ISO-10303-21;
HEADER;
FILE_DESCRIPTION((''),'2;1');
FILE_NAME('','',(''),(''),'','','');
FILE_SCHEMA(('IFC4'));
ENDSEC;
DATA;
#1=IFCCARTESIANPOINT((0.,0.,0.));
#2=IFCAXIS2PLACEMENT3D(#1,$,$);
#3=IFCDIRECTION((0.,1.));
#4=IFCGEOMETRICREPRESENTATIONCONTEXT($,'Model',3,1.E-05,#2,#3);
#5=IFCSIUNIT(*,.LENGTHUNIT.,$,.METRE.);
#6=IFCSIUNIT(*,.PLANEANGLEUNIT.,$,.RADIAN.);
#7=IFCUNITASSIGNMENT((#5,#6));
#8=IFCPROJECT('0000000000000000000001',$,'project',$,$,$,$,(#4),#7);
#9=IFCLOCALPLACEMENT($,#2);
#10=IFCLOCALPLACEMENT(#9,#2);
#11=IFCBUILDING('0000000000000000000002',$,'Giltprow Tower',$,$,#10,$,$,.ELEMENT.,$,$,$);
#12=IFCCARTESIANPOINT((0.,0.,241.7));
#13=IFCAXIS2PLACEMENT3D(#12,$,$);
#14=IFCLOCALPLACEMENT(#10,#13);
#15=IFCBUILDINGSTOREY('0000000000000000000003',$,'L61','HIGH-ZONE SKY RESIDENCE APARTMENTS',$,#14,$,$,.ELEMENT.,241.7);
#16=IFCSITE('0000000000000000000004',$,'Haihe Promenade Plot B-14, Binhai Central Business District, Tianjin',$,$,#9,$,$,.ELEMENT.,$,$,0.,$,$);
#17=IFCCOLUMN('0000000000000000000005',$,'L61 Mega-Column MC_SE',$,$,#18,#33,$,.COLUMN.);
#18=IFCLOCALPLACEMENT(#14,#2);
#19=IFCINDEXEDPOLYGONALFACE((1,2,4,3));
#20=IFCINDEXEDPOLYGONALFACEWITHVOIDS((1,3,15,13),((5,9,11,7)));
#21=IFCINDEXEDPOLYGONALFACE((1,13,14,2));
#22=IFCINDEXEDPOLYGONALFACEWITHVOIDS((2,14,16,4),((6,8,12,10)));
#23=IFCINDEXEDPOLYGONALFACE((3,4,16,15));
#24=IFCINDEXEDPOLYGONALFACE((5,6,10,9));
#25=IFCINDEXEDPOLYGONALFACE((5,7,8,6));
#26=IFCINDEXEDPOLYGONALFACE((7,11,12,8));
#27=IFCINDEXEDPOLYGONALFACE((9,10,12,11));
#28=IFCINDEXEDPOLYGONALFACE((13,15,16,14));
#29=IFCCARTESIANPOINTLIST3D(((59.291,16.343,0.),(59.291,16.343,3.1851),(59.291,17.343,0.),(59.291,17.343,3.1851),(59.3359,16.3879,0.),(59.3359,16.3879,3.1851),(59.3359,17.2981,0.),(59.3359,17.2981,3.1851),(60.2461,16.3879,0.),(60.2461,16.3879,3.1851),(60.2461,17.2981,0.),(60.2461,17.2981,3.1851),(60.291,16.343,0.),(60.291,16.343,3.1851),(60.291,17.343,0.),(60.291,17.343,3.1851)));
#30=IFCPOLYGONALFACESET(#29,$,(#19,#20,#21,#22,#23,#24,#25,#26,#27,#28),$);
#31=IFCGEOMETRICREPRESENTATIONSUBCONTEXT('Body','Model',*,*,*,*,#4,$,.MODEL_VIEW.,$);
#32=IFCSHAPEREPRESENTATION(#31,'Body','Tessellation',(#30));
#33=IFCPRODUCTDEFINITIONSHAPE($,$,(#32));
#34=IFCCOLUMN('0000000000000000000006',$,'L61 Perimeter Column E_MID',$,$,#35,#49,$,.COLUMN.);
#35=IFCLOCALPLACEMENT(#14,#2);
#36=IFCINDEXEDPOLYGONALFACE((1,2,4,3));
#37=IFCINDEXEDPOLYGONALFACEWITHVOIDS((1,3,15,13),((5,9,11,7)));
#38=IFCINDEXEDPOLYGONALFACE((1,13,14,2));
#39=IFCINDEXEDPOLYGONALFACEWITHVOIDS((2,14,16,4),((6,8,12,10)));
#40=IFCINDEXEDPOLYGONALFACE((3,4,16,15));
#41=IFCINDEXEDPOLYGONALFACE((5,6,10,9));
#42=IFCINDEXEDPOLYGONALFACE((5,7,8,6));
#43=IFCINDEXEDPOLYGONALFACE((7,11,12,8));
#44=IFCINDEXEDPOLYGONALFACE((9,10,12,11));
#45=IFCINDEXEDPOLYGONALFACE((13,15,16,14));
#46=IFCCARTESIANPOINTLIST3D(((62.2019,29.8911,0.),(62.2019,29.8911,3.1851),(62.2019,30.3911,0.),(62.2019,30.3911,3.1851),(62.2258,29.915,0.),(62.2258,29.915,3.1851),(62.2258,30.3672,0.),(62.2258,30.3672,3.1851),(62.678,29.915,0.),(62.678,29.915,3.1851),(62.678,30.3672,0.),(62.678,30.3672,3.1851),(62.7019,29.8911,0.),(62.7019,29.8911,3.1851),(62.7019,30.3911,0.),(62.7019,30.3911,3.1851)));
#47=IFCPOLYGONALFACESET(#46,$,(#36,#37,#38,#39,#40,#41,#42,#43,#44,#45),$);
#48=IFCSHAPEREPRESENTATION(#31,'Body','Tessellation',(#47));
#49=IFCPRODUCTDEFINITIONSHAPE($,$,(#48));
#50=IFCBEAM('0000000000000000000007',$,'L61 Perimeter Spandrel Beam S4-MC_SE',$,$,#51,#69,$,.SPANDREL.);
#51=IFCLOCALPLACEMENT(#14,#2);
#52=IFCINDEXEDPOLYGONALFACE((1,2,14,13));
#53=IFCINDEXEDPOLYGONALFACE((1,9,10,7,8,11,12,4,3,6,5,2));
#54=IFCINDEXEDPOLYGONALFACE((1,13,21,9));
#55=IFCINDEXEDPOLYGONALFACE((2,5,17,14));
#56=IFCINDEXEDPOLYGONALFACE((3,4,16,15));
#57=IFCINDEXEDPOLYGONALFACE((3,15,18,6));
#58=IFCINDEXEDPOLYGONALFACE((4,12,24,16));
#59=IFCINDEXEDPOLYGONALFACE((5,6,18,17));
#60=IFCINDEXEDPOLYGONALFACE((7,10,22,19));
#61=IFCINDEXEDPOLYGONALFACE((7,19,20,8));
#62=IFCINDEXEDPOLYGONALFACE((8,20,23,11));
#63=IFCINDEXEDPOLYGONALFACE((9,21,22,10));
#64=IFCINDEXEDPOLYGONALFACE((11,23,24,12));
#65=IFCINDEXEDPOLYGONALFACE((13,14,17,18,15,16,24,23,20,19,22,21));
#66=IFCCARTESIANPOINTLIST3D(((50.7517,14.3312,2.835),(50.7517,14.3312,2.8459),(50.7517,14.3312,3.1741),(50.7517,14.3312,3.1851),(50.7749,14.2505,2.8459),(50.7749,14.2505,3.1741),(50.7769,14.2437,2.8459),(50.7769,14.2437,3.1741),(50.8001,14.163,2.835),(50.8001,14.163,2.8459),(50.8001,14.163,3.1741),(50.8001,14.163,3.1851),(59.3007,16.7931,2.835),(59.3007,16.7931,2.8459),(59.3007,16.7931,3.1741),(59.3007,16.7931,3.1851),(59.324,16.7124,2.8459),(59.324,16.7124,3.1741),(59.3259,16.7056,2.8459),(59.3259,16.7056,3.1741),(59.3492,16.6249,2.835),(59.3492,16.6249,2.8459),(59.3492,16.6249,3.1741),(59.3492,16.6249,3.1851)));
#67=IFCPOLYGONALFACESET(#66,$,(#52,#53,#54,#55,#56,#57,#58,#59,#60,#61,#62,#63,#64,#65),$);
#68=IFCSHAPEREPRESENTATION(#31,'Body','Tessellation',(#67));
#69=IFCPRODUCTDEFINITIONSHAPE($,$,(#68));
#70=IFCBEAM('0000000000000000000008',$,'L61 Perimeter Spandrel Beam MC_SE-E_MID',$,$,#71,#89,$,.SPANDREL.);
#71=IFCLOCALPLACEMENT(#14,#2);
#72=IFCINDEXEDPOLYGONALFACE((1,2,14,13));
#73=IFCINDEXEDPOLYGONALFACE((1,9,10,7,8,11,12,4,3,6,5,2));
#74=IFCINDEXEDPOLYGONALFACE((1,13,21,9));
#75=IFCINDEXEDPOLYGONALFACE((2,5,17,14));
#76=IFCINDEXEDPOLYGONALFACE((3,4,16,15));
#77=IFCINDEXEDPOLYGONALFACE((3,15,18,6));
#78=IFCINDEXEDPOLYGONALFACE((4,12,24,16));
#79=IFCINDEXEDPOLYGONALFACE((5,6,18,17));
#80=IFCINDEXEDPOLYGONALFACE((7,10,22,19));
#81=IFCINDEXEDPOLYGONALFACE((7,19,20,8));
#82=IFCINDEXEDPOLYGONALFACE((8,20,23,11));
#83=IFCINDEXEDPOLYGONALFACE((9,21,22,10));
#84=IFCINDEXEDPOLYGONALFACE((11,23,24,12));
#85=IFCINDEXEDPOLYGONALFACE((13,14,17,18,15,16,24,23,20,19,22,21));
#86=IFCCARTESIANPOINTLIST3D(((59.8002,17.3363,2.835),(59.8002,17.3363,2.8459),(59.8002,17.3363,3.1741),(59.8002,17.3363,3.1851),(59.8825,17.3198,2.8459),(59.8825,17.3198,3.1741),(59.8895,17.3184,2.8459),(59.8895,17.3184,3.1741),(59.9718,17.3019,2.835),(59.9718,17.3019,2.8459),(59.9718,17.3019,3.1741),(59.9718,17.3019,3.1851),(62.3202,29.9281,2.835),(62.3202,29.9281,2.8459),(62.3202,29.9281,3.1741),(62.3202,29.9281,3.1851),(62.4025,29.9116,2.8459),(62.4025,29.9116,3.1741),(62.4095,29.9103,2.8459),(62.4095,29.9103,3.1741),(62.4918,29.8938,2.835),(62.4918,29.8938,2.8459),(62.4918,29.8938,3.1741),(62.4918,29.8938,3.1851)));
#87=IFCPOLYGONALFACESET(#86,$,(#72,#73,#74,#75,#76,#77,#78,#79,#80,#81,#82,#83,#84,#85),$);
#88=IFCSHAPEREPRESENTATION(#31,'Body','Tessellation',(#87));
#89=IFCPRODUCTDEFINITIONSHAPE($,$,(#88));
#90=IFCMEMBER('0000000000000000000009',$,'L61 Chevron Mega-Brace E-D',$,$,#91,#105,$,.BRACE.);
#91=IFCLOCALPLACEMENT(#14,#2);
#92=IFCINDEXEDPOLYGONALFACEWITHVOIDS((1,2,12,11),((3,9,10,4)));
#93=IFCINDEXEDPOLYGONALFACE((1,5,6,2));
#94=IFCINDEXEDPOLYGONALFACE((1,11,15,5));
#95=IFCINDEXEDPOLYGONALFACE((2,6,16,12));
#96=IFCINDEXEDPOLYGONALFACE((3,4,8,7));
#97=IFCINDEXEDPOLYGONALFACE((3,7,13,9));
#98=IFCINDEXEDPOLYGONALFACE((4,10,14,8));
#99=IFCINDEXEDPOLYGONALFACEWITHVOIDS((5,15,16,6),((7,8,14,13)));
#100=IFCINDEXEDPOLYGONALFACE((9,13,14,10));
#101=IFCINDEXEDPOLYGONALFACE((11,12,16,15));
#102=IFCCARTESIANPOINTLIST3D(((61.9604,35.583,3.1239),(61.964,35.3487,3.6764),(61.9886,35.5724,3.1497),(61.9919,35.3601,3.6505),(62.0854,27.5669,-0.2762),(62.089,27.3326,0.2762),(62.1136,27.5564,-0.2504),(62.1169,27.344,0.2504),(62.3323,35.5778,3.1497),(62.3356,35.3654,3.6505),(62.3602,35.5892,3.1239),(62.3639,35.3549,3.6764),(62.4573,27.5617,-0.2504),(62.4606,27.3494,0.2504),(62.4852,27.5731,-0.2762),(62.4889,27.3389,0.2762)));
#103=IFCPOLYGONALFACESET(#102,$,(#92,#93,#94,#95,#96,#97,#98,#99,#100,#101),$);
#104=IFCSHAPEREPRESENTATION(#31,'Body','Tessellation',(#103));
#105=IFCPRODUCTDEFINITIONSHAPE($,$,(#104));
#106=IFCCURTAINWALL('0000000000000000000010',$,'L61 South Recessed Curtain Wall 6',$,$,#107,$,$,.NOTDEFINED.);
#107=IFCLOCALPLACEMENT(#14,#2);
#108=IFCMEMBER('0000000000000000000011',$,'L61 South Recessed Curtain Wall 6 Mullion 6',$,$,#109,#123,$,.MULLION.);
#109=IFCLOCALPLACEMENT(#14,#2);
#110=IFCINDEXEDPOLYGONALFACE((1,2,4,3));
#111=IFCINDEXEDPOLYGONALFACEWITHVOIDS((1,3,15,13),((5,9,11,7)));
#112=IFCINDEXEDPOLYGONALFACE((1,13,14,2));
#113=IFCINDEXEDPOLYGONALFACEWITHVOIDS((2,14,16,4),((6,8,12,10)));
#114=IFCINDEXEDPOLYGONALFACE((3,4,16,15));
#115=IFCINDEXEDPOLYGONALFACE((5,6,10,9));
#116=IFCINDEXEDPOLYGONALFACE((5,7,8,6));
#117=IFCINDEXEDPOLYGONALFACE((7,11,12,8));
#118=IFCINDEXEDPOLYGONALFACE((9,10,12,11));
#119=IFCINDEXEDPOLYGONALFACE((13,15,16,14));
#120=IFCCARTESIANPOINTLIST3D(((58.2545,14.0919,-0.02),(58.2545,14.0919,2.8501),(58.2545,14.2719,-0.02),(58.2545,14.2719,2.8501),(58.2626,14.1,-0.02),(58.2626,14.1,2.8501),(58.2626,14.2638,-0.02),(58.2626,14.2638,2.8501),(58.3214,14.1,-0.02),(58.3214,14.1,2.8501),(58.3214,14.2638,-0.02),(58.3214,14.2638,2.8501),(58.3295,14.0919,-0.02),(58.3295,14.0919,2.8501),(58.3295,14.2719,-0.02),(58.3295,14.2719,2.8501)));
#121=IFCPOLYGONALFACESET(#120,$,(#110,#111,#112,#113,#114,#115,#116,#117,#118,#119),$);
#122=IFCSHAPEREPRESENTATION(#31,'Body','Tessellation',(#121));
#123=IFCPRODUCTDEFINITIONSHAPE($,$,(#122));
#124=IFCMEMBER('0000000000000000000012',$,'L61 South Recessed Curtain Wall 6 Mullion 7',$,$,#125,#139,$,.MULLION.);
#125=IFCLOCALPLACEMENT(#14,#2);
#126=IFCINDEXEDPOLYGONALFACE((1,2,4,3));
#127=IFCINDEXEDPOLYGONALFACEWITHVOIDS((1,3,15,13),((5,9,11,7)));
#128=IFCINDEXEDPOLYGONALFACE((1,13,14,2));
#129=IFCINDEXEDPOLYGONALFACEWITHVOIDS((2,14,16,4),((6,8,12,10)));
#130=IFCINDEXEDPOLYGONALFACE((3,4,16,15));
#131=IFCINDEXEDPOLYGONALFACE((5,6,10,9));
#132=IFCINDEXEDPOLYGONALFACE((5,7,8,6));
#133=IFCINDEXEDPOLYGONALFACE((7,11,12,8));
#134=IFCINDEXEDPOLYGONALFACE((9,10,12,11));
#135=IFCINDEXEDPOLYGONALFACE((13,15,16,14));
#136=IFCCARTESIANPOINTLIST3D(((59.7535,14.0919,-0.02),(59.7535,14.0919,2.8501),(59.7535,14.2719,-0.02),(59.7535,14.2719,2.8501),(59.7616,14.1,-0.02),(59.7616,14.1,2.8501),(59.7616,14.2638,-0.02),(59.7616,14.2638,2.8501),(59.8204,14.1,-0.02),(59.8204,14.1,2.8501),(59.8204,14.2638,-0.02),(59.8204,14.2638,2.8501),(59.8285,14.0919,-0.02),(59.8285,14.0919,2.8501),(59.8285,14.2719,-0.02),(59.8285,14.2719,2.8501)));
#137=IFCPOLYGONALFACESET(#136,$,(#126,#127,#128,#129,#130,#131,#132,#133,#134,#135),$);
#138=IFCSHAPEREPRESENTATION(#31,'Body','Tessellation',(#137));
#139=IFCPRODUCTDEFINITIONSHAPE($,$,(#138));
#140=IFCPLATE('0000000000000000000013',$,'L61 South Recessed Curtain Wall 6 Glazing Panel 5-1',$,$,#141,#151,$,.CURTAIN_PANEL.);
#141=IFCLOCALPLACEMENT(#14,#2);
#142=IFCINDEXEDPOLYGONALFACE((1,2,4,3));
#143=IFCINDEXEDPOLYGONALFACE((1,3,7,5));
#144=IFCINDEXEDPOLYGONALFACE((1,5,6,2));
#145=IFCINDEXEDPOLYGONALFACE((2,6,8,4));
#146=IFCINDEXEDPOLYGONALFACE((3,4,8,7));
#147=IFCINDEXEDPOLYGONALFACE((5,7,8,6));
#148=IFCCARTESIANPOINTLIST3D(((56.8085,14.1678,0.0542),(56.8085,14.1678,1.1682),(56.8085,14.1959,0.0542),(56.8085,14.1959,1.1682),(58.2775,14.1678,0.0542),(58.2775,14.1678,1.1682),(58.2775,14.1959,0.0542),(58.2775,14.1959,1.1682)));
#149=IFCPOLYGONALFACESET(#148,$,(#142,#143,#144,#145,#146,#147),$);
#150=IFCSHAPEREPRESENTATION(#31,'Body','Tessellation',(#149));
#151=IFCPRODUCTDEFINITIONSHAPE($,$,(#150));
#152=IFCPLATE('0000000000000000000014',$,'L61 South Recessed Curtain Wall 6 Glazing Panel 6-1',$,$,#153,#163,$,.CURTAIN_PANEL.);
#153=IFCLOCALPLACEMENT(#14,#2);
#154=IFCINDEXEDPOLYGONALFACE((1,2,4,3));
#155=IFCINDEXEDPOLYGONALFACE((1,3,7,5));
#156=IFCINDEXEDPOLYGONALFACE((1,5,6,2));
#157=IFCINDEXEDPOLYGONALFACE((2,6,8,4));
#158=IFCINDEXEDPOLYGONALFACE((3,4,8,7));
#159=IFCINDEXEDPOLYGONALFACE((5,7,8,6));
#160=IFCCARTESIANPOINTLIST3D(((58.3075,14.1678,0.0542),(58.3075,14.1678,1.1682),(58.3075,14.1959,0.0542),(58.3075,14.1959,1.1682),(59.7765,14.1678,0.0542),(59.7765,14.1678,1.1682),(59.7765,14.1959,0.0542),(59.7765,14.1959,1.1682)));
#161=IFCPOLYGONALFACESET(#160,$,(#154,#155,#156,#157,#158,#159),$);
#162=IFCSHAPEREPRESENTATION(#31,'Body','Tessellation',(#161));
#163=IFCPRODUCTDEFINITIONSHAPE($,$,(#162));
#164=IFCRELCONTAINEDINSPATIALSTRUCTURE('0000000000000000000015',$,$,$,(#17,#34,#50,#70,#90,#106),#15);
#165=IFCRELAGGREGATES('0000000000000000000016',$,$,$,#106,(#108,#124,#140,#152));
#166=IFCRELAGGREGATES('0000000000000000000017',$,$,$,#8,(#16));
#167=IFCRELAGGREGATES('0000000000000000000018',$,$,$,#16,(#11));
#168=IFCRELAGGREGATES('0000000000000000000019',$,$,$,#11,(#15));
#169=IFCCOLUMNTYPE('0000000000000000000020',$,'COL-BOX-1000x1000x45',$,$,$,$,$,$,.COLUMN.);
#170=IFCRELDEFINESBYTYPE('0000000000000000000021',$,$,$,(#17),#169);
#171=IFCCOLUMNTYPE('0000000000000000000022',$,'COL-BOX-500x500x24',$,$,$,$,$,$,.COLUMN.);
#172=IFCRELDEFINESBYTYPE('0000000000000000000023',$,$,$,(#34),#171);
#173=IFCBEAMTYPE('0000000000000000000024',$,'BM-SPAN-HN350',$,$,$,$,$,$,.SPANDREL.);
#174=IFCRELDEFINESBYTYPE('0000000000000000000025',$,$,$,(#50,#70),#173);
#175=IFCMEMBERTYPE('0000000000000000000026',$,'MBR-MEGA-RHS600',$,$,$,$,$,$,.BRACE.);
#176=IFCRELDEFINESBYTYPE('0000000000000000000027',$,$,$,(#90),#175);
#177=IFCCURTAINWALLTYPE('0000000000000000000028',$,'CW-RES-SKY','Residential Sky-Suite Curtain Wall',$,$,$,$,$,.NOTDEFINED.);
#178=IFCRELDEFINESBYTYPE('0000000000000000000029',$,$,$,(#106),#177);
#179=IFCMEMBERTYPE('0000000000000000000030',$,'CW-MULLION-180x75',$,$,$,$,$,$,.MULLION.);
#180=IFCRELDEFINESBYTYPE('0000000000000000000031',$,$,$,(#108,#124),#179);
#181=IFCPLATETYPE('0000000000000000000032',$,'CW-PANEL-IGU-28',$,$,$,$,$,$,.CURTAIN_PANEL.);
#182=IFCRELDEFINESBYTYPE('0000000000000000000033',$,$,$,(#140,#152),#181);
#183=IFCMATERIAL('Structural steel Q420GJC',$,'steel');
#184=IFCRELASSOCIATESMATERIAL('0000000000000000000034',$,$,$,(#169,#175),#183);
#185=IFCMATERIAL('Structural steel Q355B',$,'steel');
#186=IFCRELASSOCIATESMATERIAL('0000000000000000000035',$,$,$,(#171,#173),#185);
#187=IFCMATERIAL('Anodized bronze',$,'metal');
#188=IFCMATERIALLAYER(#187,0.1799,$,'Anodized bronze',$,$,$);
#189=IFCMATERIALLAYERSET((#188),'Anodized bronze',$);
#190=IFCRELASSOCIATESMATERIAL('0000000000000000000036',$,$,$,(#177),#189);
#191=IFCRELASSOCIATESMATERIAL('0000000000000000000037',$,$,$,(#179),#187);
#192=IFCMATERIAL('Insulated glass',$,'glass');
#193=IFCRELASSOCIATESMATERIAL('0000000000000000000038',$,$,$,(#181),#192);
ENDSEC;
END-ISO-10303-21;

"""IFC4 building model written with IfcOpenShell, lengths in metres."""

from ifc_helpers import new_model, si_unit, direction, frame, origin, origin_2d, place, context, subcontext, project, spatial, rectangle, hollow_rectangle, i_section, extrude, source, transform, mapped, material, layer, layer_set, material_profile, profile_set, type_object, element, aggregate, save


model = new_model("IFC4")

# Units and contexts
model_context = context("Model", 3, precision=1e-05, world=origin(), true_north=direction((0.0, 1.0)))
body_context = subcontext(model_context, "Body", "Model", "MODEL_VIEW")
ifc_project = project(units=[si_unit("LENGTHUNIT", "METRE"), si_unit("PLANEANGLEUNIT", "RADIAN")], contexts=[model_context])

# Site, building, storey
site_placement = place(None, origin())
site = spatial("IfcSite", under=ifc_project, at=site_placement, Name="Haihe Promenade Plot B-14, Binhai Central Business District, Tianjin", CompositionType="ELEMENT", RefElevation=0.0)
building_placement = place(site_placement, origin())
building = spatial("IfcBuilding", under=site, at=building_placement, Name="Giltprow Tower", CompositionType="ELEMENT")
storey_placement = place(building_placement, frame((0.0, 0.0, 241.7)))
storey = spatial("IfcBuildingStorey", under=building, at=storey_placement, Name="L61", Description="HIGH-ZONE SKY RESIDENCE APARTMENTS", CompositionType="ELEMENT", Elevation=241.7)

# Columns
ifc_material_1 = material(Name="Structural steel Q420GJC", Category="steel")
ifc_material_profile_1 = material_profile(ifc_material_1, hollow_rectangle(XDim=1.0, YDim=1.0, WallThickness=0.0449, at=origin_2d()), Name="BOX 1000x1000x45")
ifc_profile_set_1 = profile_set([ifc_material_profile_1], Name="Structural steel Q420GJC")
column_type_1 = type_object("IfcColumnType", Name="COL-BOX-1000x1000x45", PredefinedType="COLUMN", material=ifc_profile_set_1)
shared_shape_1 = source(origin(), body_context, "Body", "SweptSolid", [
    extrude(hollow_rectangle(XDim=1.0, YDim=1.0, WallThickness=0.0449, at=origin_2d()), origin(), (0.0, 0.0, 1.0), 3.1851),
])
column_1_placement = place(storey_placement, frame((59.791, 16.843, 0.0), z_axis=(0.0, 0.0, 1.0), x_axis=(1.0, 0.0, 0.0)))
element("IfcColumn", 1, at=column_1_placement, inside=storey, type_object=column_type_1, Name="L61 Mega-Column MC_SE", PredefinedType="COLUMN", context=body_context, shape_type="MappedRepresentation", body=[
    mapped(shared_shape_1, transform((0.0, 0.0, 0.0), x_axis=(1.0, 0.0, 0.0), y_axis=(0.0, 1.0, 0.0), z_axis=(0.0, 0.0, 1.0), scale=1.0)),
])
ifc_material_2 = material(Name="Structural steel Q355B", Category="steel")
ifc_material_profile_2 = material_profile(ifc_material_2, hollow_rectangle(XDim=0.5, YDim=0.5, WallThickness=0.0239, at=origin_2d()), Name="BOX 500x500x24")
ifc_profile_set_2 = profile_set([ifc_material_profile_2], Name="Structural steel Q355B")
column_type_2 = type_object("IfcColumnType", Name="COL-BOX-500x500x24", PredefinedType="COLUMN", material=ifc_profile_set_2)
shared_shape_2 = source(origin(), body_context, "Body", "SweptSolid", [
    extrude(hollow_rectangle(XDim=0.5, YDim=0.5, WallThickness=0.0239, at=origin_2d()), origin(), (0.0, 0.0, 1.0), 3.1851),
])
column_2_placement = place(storey_placement, frame((62.4519, 30.1411, 0.0), z_axis=(0.0, 0.0, 1.0), x_axis=(1.0, 0.0, 0.0)))
element("IfcColumn", 2, at=column_2_placement, inside=storey, type_object=column_type_2, Name="L61 Perimeter Column E_MID", PredefinedType="COLUMN", context=body_context, shape_type="MappedRepresentation", body=[
    mapped(shared_shape_2, transform((0.0, 0.0, 0.0), x_axis=(1.0, 0.0, 0.0), y_axis=(0.0, 1.0, 0.0), z_axis=(0.0, 0.0, 1.0), scale=1.0)),
])

# Beams
ifc_material_profile_3 = material_profile(ifc_material_2, i_section(OverallWidth=0.175, OverallDepth=0.3501, WebThickness=0.0071, FlangeThickness=0.011, at=origin_2d()), Name="HN 350x175x7x11")
ifc_profile_set_3 = profile_set([ifc_material_profile_3], Name="Structural steel Q355B")
beam_type = type_object("IfcBeamType", Name="BM-SPAN-HN350", PredefinedType="SPANDREL", material=ifc_profile_set_3)
shared_shape_3 = source(origin(), body_context, "Body", "SweptSolid", [
    extrude(i_section(OverallWidth=0.175, OverallDepth=0.3501, WebThickness=0.0071, FlangeThickness=0.011, at=origin_2d()), origin(), (0.0, 0.0, 1.0), 8.8965),
])
beam_1_placement = place(storey_placement, frame((50.7759, 14.2471, 3.01), z_axis=(0.960948, 0.276728, 0.0), x_axis=(-0.276728, 0.960948, 0.0)))
element("IfcBeam", 3, at=beam_1_placement, inside=storey, type_object=beam_type, Name="L61 Perimeter Spandrel Beam S4-MC_SE", PredefinedType="SPANDREL", context=body_context, shape_type="MappedRepresentation", body=[
    mapped(shared_shape_3, transform((0.0, 0.0, 0.0), x_axis=(1.0, 0.0, 0.0), y_axis=(0.0, 1.0, 0.0), z_axis=(0.0, 0.0, 1.0), scale=1.0)),
])
shared_shape_4 = source(origin(), body_context, "Body", "SweptSolid", [
    extrude(i_section(OverallWidth=0.175, OverallDepth=0.3501, WebThickness=0.0071, FlangeThickness=0.011, at=origin_2d()), origin(), (0.0, 0.0, 1.0), 12.8416),
])
beam_2_placement = place(storey_placement, frame((59.886, 17.3191, 3.01), z_axis=(0.19624, 0.980556, 0.0), x_axis=(-0.980556, 0.19624, 0.0)))
element("IfcBeam", 4, at=beam_2_placement, inside=storey, type_object=beam_type, Name="L61 Perimeter Spandrel Beam MC_SE-E_MID", PredefinedType="SPANDREL", context=body_context, shape_type="MappedRepresentation", body=[
    mapped(shared_shape_4, transform((0.0, 0.0, 0.0), x_axis=(1.0, 0.0, 0.0), y_axis=(0.0, 1.0, 0.0), z_axis=(0.0, 0.0, 1.0), scale=1.0)),
])

# Member
ifc_material_profile_4 = material_profile(ifc_material_1, hollow_rectangle(XDim=0.3999, YDim=0.6001, WallThickness=0.0281, at=origin_2d()), Name="RHS 600x400x28")
ifc_profile_set_4 = profile_set([ifc_material_profile_4], Name="Structural steel Q420GJC")
member_type_1 = type_object("IfcMemberType", Name="MBR-MEGA-RHS600", PredefinedType="BRACE", material=ifc_profile_set_4)
shared_shape_5 = source(origin(), body_context, "Body", "SweptSolid", [
    extrude(hollow_rectangle(XDim=0.3999, YDim=0.6001, WallThickness=0.0281, at=origin_2d()), origin(), (0.0, 0.0, 1.0), 8.7083),
])
member_1_placement = place(storey_placement, frame((62.2871, 27.4529, 0.0), z_axis=(-0.014354, 0.920513, 0.390448), x_axis=(-0.999878, -0.015592, 0.0)))
element("IfcMember", 5, at=member_1_placement, inside=storey, type_object=member_type_1, Name="L61 Chevron Mega-Brace E-D", PredefinedType="BRACE", context=body_context, shape_type="MappedRepresentation", body=[
    mapped(shared_shape_5, transform((0.0, 0.0, 0.0), x_axis=(1.0, 0.0, 0.0), y_axis=(0.0, 1.0, 0.0), z_axis=(0.0, 0.0, 1.0), scale=1.0)),
])

# Curtain wall, members, plates
ifc_material_3 = material(Name="Anodized bronze", Category="metal")
ifc_layer_1 = layer(ifc_material_3, 0.1799, Name="Anodized bronze")
ifc_layer_set_1 = layer_set([ifc_layer_1], Name="Anodized bronze")
curtain_wall_type = type_object("IfcCurtainWallType", Name="CW-RES-SKY", Description="Residential Sky-Suite Curtain Wall", PredefinedType="NOTDEFINED", material=ifc_layer_set_1)
curtain_wall_placement = place(storey_placement, origin())
curtain_wall = element("IfcCurtainWall", 6, at=curtain_wall_placement, inside=storey, type_object=curtain_wall_type, Name="L61 South Recessed Curtain Wall 6", PredefinedType="NOTDEFINED")
ifc_material_profile_5 = material_profile(ifc_material_3, hollow_rectangle(XDim=0.075, YDim=0.1799, WallThickness=0.0081, at=origin_2d()), Name="RHS 180x75x8")
ifc_profile_set_5 = profile_set([ifc_material_profile_5], Name="Anodized bronze")
member_type_2 = type_object("IfcMemberType", Name="CW-MULLION-180x75", PredefinedType="MULLION", material=ifc_profile_set_5)
shared_shape_6 = source(origin(), body_context, "Body", "SweptSolid", [
    extrude(hollow_rectangle(XDim=0.075, YDim=0.1799, WallThickness=0.0081, at=origin_2d()), origin(), (0.0, 0.0, 1.0), 2.8701),
])
member_2_placement = place(storey_placement, frame((58.292, 14.1819, -0.02), z_axis=(0.0, 0.0, 1.0), x_axis=(1.0, 0.0, 0.0)))
member_2 = element("IfcMember", 7, at=member_2_placement, type_object=member_type_2, Name="L61 South Recessed Curtain Wall 6 Mullion 6", PredefinedType="MULLION", context=body_context, shape_type="MappedRepresentation", body=[
    mapped(shared_shape_6, transform((0.0, 0.0, 0.0), x_axis=(1.0, 0.0, 0.0), y_axis=(0.0, 1.0, 0.0), z_axis=(0.0, 0.0, 1.0), scale=1.0)),
])
member_3_placement = place(storey_placement, frame((59.791, 14.1819, -0.02), z_axis=(0.0, 0.0, 1.0), x_axis=(1.0, 0.0, 0.0)))
member_3 = element("IfcMember", 8, at=member_3_placement, type_object=member_type_2, Name="L61 South Recessed Curtain Wall 6 Mullion 7", PredefinedType="MULLION", context=body_context, shape_type="MappedRepresentation", body=[
    mapped(shared_shape_6, transform((0.0, 0.0, 0.0), x_axis=(1.0, 0.0, 0.0), y_axis=(0.0, 1.0, 0.0), z_axis=(0.0, 0.0, 1.0), scale=1.0)),
])
ifc_material_4 = material(Name="Insulated glass", Category="glass")
plate_type = type_object("IfcPlateType", Name="CW-PANEL-IGU-28", PredefinedType="CURTAIN_PANEL", material=ifc_material_4)
shared_shape_7 = source(origin(), body_context, "Body", "SweptSolid", [
    extrude(rectangle(XDim=1.469, YDim=0.0281, at=origin_2d()), origin(), (0.0, 0.0, 1.0), 1.114),
])
plate_1_placement = place(storey_placement, frame((57.543, 14.1819, 0.0542), z_axis=(0.0, 0.0, 1.0), x_axis=(1.0, 0.0, 0.0)))
plate_1 = element("IfcPlate", 9, at=plate_1_placement, type_object=plate_type, Name="L61 South Recessed Curtain Wall 6 Glazing Panel 5-1", PredefinedType="CURTAIN_PANEL", context=body_context, shape_type="MappedRepresentation", body=[
    mapped(shared_shape_7, transform((0.0, 0.0, 0.0), x_axis=(1.0, 0.0, 0.0), y_axis=(0.0, 1.0, 0.0), z_axis=(0.0, 0.0, 1.0), scale=1.0)),
])
plate_2_placement = place(storey_placement, frame((59.042, 14.1819, 0.0542), z_axis=(0.0, 0.0, 1.0), x_axis=(1.0, 0.0, 0.0)))
plate_2 = element("IfcPlate", 10, at=plate_2_placement, type_object=plate_type, Name="L61 South Recessed Curtain Wall 6 Glazing Panel 6-1", PredefinedType="CURTAIN_PANEL", context=body_context, shape_type="MappedRepresentation", body=[
    mapped(shared_shape_7, transform((0.0, 0.0, 0.0), x_axis=(1.0, 0.0, 0.0), y_axis=(0.0, 1.0, 0.0), z_axis=(0.0, 0.0, 1.0), scale=1.0)),
])
aggregate(curtain_wall, [member_2, member_3, plate_1, plate_2])

save(model, "model.ifc")
